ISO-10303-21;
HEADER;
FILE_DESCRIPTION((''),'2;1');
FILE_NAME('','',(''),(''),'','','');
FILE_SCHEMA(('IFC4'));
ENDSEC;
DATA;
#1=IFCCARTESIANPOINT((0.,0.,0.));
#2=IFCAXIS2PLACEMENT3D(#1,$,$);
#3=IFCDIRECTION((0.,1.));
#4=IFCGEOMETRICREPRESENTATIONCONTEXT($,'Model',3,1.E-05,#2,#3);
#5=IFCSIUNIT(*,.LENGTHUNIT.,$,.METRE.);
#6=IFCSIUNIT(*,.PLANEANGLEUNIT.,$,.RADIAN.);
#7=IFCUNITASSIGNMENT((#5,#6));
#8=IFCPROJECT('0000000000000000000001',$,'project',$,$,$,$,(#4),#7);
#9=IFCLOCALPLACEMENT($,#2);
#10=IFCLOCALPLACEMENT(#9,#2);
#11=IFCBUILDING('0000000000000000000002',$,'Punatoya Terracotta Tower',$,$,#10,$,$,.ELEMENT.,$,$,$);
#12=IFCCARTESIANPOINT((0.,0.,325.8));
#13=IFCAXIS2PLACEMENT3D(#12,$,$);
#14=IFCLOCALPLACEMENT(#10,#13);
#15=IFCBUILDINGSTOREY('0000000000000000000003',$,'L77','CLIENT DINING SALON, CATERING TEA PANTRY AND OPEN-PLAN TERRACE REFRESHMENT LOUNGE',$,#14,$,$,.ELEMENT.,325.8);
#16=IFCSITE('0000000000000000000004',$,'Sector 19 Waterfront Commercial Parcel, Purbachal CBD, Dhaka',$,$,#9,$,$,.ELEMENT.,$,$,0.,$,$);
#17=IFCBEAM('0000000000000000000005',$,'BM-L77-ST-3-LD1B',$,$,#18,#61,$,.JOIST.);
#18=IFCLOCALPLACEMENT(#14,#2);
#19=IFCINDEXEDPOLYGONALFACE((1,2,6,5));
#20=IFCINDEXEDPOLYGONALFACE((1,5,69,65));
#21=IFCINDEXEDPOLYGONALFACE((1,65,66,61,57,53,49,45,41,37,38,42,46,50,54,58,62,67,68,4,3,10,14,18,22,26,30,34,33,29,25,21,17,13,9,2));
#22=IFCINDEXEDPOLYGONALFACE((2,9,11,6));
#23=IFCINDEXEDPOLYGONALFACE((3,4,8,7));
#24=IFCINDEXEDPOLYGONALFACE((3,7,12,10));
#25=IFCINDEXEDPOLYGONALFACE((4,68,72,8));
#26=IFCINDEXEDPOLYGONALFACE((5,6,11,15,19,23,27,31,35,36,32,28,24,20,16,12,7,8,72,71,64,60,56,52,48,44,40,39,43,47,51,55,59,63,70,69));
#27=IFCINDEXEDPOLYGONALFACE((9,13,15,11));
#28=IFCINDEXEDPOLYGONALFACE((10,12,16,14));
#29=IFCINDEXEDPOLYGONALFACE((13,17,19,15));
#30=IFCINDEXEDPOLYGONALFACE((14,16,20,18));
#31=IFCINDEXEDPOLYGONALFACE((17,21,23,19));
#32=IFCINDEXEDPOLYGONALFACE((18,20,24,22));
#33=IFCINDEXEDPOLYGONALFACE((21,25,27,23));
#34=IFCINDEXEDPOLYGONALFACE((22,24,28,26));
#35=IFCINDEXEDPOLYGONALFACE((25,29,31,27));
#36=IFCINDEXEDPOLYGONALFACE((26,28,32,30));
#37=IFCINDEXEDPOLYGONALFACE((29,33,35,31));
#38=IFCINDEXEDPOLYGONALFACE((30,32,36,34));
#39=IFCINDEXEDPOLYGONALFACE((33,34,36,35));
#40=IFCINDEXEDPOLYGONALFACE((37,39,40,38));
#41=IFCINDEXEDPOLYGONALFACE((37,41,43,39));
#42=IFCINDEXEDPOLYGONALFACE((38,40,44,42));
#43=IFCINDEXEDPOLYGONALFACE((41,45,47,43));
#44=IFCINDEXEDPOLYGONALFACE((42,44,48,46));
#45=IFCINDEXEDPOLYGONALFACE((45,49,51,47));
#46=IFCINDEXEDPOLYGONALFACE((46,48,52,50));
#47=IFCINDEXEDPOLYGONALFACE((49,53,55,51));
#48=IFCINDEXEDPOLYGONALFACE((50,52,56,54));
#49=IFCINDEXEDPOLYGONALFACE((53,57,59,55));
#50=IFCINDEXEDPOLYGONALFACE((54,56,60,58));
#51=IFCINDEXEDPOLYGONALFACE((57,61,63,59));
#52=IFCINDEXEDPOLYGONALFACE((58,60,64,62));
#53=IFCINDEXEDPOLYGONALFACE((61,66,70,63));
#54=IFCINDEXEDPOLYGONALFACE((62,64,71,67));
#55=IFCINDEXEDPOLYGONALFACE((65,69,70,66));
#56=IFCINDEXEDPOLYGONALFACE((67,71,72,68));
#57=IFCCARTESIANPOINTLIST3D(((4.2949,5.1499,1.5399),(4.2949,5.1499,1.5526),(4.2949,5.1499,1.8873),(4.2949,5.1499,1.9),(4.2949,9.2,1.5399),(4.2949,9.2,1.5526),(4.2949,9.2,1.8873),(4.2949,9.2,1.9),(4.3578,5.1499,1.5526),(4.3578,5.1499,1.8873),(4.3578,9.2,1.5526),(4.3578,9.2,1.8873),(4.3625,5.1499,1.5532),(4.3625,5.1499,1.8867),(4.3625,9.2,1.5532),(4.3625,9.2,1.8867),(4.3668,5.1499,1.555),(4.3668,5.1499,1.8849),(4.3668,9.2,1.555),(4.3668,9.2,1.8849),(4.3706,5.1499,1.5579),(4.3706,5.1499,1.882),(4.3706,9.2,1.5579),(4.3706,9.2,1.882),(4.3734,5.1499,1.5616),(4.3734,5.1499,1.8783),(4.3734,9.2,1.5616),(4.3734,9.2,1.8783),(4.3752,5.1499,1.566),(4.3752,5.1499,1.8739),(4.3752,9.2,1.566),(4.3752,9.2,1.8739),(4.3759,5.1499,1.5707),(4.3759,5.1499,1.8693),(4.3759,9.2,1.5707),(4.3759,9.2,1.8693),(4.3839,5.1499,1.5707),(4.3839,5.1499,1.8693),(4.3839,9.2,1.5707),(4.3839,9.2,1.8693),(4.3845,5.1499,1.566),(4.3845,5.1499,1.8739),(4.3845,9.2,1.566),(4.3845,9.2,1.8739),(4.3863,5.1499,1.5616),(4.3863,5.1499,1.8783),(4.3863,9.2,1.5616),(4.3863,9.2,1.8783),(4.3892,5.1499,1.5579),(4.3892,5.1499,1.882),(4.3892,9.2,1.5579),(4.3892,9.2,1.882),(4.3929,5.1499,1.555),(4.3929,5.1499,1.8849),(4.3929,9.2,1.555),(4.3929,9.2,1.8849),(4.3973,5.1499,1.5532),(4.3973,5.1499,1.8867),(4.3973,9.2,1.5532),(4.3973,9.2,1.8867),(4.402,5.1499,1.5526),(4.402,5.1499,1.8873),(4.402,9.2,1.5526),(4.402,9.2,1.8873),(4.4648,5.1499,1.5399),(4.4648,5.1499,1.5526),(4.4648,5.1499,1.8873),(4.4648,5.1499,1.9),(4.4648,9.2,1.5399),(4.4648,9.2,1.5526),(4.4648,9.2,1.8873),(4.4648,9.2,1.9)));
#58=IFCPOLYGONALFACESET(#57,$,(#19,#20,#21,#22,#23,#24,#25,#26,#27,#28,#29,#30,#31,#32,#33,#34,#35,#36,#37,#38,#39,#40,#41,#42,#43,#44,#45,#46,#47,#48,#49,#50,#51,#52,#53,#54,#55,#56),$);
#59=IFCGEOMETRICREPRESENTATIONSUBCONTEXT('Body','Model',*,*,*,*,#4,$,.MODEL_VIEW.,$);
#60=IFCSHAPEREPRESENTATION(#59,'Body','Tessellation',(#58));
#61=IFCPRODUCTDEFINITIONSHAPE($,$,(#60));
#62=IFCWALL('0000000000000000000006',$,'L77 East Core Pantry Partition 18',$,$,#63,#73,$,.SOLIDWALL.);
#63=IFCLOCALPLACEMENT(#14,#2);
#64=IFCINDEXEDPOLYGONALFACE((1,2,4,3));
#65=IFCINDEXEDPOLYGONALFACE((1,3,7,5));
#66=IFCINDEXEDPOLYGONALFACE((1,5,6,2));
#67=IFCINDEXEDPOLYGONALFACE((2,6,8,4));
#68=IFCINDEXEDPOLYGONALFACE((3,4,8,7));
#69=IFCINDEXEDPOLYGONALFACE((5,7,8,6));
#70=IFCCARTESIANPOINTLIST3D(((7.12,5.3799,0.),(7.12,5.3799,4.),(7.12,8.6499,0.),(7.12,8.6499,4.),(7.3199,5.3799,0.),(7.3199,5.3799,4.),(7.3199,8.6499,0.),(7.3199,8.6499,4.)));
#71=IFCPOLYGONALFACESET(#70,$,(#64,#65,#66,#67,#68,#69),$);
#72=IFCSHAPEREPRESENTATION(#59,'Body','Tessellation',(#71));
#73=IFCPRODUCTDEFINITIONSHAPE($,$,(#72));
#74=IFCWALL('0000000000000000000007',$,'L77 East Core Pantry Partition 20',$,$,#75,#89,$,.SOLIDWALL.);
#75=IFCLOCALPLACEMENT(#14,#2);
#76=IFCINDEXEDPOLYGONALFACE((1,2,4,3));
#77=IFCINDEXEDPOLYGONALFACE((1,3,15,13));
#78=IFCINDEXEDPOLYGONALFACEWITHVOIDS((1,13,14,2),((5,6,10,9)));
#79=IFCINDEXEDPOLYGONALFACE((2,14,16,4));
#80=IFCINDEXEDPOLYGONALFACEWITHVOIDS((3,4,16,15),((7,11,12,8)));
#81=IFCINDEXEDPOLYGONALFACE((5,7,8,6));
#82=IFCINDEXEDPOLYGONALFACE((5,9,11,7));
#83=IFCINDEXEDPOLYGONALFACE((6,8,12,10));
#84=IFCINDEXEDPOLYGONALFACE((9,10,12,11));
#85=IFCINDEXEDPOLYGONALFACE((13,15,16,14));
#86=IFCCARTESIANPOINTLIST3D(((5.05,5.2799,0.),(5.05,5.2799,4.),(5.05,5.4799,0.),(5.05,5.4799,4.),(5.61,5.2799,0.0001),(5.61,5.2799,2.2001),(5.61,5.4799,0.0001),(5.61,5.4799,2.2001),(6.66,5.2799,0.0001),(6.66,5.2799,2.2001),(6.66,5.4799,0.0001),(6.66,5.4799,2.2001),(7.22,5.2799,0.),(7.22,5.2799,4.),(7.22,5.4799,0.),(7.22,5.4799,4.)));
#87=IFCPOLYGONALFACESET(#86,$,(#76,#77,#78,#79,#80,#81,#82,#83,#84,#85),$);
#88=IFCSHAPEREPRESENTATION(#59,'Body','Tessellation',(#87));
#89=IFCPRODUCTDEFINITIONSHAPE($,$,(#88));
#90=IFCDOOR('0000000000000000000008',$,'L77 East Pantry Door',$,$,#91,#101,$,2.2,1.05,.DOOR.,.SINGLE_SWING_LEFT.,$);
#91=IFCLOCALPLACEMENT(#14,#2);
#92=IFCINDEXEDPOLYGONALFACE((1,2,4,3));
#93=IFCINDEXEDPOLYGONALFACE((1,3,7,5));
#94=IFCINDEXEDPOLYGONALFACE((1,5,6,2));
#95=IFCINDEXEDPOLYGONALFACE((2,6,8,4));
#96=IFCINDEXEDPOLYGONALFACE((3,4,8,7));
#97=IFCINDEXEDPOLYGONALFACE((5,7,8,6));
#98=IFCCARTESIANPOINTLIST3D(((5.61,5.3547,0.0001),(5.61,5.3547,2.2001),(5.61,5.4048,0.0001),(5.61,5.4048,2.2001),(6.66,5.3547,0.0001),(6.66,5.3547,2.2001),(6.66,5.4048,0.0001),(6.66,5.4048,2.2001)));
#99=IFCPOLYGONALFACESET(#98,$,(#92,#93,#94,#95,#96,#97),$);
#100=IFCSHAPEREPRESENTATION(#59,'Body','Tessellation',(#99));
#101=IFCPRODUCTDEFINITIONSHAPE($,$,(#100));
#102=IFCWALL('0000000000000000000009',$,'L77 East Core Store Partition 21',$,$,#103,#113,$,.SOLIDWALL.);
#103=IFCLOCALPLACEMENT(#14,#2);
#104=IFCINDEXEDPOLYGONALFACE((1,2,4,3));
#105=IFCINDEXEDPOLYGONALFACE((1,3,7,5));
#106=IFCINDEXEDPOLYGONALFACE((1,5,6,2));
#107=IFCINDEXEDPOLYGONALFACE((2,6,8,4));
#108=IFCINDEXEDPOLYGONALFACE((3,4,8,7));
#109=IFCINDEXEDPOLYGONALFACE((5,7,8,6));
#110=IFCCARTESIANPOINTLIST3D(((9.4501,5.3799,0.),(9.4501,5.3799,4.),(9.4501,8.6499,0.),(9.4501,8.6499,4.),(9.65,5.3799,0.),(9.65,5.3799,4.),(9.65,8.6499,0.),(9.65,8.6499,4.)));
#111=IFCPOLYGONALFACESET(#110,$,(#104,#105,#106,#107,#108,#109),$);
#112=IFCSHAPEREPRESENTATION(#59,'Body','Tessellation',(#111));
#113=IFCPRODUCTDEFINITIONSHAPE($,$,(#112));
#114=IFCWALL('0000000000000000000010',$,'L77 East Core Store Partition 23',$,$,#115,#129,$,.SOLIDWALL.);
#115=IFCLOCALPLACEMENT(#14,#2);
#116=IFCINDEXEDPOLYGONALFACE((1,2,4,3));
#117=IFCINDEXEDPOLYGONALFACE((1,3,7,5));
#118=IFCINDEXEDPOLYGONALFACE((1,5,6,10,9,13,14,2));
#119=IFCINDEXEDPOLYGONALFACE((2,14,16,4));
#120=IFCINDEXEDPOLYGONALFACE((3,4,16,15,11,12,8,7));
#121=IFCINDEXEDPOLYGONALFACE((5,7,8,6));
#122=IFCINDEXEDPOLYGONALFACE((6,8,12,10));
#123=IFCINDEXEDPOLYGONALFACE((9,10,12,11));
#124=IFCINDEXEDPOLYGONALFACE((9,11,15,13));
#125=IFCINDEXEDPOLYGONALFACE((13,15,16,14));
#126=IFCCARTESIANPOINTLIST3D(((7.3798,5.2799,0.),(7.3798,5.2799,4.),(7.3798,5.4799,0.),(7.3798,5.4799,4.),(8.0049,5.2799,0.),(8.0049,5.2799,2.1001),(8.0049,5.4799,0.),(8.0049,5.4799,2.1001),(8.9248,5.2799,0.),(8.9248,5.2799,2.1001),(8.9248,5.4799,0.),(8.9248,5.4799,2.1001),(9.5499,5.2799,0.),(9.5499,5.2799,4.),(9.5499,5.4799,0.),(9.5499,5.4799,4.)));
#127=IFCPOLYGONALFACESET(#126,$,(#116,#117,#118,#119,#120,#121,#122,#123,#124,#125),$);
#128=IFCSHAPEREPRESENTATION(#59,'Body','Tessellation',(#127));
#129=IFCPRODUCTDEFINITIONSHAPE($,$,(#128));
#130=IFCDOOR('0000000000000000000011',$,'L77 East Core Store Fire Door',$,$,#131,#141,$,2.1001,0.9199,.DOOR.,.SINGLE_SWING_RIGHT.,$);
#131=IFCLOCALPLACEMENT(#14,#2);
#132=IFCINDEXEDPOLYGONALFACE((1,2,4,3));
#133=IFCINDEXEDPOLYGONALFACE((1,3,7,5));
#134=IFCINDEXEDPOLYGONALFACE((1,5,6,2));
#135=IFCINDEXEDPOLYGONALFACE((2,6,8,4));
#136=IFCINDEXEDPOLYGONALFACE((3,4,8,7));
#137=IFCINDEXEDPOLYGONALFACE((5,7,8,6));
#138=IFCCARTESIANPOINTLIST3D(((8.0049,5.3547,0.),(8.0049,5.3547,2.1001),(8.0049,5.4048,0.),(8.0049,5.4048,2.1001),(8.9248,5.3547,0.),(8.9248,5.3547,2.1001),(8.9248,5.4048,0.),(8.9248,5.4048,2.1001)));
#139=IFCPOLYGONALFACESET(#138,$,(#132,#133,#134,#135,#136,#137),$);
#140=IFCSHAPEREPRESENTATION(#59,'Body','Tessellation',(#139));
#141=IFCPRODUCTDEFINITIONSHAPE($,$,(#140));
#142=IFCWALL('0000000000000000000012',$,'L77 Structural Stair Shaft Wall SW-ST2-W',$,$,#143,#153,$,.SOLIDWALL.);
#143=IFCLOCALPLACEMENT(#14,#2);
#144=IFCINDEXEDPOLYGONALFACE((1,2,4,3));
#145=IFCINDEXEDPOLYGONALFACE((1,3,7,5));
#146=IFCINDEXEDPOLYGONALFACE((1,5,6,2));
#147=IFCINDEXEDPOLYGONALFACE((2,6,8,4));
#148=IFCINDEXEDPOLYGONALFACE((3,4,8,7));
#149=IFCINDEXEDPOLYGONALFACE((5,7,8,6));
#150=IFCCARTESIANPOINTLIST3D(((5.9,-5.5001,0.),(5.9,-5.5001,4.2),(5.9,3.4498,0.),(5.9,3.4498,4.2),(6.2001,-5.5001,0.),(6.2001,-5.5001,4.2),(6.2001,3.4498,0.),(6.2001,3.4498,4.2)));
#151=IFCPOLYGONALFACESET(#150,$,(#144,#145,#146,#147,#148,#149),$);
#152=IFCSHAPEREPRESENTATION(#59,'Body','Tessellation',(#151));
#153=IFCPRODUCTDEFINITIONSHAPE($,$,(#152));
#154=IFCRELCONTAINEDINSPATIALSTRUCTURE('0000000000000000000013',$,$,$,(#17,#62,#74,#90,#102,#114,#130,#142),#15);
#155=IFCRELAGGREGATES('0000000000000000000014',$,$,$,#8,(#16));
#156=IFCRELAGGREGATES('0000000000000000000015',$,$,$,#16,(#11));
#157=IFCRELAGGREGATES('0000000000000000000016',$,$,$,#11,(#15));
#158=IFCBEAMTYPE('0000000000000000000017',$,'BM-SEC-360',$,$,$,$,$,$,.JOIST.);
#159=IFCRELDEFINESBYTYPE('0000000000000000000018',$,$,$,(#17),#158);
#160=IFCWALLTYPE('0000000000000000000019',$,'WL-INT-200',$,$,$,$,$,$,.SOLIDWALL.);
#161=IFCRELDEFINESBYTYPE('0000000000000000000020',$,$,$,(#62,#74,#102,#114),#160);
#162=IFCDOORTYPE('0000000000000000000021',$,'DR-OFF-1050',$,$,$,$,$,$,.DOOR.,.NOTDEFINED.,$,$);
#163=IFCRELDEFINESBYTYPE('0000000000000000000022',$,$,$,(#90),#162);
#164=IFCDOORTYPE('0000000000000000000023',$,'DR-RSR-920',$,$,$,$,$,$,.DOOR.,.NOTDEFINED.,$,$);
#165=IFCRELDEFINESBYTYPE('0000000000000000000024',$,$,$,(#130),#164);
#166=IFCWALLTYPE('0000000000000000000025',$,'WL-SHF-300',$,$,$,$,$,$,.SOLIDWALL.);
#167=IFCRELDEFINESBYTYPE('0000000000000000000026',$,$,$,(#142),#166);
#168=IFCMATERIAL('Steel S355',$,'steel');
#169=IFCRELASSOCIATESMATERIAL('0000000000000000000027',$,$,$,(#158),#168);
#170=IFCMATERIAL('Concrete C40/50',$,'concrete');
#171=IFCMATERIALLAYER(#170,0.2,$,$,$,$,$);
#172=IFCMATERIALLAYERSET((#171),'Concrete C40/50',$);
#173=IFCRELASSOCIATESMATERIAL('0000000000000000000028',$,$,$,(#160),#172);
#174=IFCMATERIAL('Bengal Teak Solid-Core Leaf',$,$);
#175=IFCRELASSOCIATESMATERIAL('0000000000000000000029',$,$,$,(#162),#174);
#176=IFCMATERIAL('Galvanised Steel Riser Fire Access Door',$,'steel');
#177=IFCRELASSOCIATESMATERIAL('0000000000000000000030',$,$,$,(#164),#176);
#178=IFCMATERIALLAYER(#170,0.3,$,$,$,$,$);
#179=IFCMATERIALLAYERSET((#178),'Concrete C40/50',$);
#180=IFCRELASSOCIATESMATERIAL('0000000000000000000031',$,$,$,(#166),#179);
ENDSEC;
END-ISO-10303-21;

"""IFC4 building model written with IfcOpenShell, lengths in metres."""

from ifc_helpers import new_model, si_unit, direction, frame, frame_2d, origin, origin_2d, place, context, subcontext, project, spatial, rectangle, i_section, extrude, material, layer, layer_set, material_profile, profile_set, type_object, element, fill, save


model = new_model("IFC4")

# Units and contexts
model_context = context("Model", 3, precision=1e-05, world=origin(), true_north=direction((0.0, 1.0)))
body_context = subcontext(model_context, "Body", "Model", "MODEL_VIEW")
ifc_project = project(units=[si_unit("LENGTHUNIT", "METRE"), si_unit("PLANEANGLEUNIT", "RADIAN")], contexts=[model_context])

# Site, building, storey
site_placement = place(None, origin())
site = spatial("IfcSite", under=ifc_project, at=site_placement, Name="Sector 19 Waterfront Commercial Parcel, Purbachal CBD, Dhaka", CompositionType="ELEMENT", RefElevation=0.0)
building_placement = place(site_placement, origin())
building = spatial("IfcBuilding", under=site, at=building_placement, Name="Punatoya Terracotta Tower", CompositionType="ELEMENT")
storey_placement = place(building_placement, frame((0.0, 0.0, 325.8)))
storey = spatial("IfcBuildingStorey", under=building, at=storey_placement, Name="L77", Description="CLIENT DINING SALON, CATERING TEA PANTRY AND OPEN-PLAN TERRACE REFRESHMENT LOUNGE", CompositionType="ELEMENT", Elevation=325.8)

# Beam
ifc_material_1 = material(Name="Steel S355", Category="steel")
ifc_material_profile_1 = material_profile(ifc_material_1, i_section(OverallWidth=0.1699, OverallDepth=0.3601, WebThickness=0.0081, FlangeThickness=0.0127, FilletRadius=0.0181, at=origin_2d()))
ifc_profile_set_1 = profile_set([ifc_material_profile_1], Name="Steel S355")
beam_type_1 = type_object("IfcBeamType", Name="BM-SEC-360", PredefinedType="JOIST", material=ifc_profile_set_1)
for number, where, z_axis, x_axis, name in (
    (1, (4.3799, 5.1499, 1.72), (0.0, 1.0, 0.0), (-1.0, 0.0, 0.0), "BM-L77-ST-3-LD1B"),
):
    element("IfcBeam", number, at=place(storey_placement, frame(where, z_axis=z_axis, x_axis=x_axis)), inside=storey, type_object=beam_type_1, Name=name, PredefinedType="JOIST", context=body_context, shape_type="SweptSolid", body=[
        extrude(i_section(OverallWidth=0.1699, OverallDepth=0.3601, WebThickness=0.0081, FlangeThickness=0.0127, FilletRadius=0.0181, at=origin_2d()), origin(), (0.0, 0.0, 1.0), 4.05),
    ])

# Wall
ifc_material_2 = material(Name="Concrete C40/50", Category="concrete")
ifc_layer_1 = layer(ifc_material_2, 0.2)
ifc_layer_set_1 = layer_set([ifc_layer_1], Name="Concrete C40/50")
wall_type_1 = type_object("IfcWallType", Name="WL-INT-200", PredefinedType="SOLIDWALL", material=ifc_layer_set_1)
wall_1_placement = place(storey_placement, frame((7.22, 5.3799, 0.0), z_axis=(0.0, 0.0, 1.0), x_axis=(0.0, 1.0, 0.0)))
element("IfcWall", 2, at=wall_1_placement, inside=storey, type_object=wall_type_1, Name="L77 East Core Pantry Partition 18", PredefinedType="SOLIDWALL", context=body_context, shape_type="SweptSolid", body=[
    extrude(rectangle(XDim=3.27, YDim=0.2, at=frame_2d((1.635, 0.0))), origin(), (0.0, 0.0, 1.0), 4.0),
])

# Wall, opening, door
wall_2_placement = place(storey_placement, frame((5.05, 5.3799, 0.0), z_axis=(0.0, 0.0, 1.0), x_axis=(1.0, 0.0, 0.0)))
wall_2 = element("IfcWall", 3, at=wall_2_placement, inside=storey, type_object=wall_type_1, Name="L77 East Core Pantry Partition 20", PredefinedType="SOLIDWALL", context=body_context, shape_type="SweptSolid", body=[
    extrude(rectangle(XDim=2.1699, YDim=0.2, at=frame_2d((1.085, 0.0))), origin(), (0.0, 0.0, 1.0), 4.0),
])
opening_1_placement = place(wall_2_placement, frame((0.5601, 0.0, 0.0)))
opening_1 = element("IfcOpeningElement", 4, at=opening_1_placement, cuts=wall_2, PredefinedType="OPENING", context=body_context, shape_type="SweptSolid", body=[
    extrude(rectangle(XDim=1.05, YDim=2.2, at=frame_2d((0.5249, 1.1001))), frame((0.0, 0.1099, 0.0), z_axis=(0.0, -1.0, 0.0), x_axis=(1.0, 0.0, 0.0)), (0.0, 0.0, 1.0), 0.22),
])
ifc_material_3 = material(Name="Bengal Teak Solid-Core Leaf")
door_type_1 = type_object("IfcDoorType", Name="DR-OFF-1050", OperationType="NOTDEFINED", PredefinedType="DOOR", material=ifc_material_3)
door_1_placement = place(opening_1_placement, origin())
door_1 = element("IfcDoor", 5, at=door_1_placement, inside=storey, type_object=door_type_1, Name="L77 East Pantry Door", OperationType="SINGLE_SWING_LEFT", OverallHeight=2.2, OverallWidth=1.05, PredefinedType="DOOR", context=body_context, shape_type="SweptSolid", body=[
    extrude(rectangle(XDim=1.05, YDim=2.2, at=frame_2d((0.5249, 1.1001))), frame((0.0, 0.0249, 0.0), z_axis=(0.0, -1.0, 0.0), x_axis=(1.0, 0.0, 0.0)), (0.0, 0.0, 1.0), 0.05),
])
fill(opening_1, door_1)

# Wall
wall_3_placement = place(storey_placement, frame((9.55, 5.3799, 0.0), z_axis=(0.0, 0.0, 1.0), x_axis=(0.0, 1.0, 0.0)))
element("IfcWall", 6, at=wall_3_placement, inside=storey, type_object=wall_type_1, Name="L77 East Core Store Partition 21", PredefinedType="SOLIDWALL", context=body_context, shape_type="SweptSolid", body=[
    extrude(rectangle(XDim=3.27, YDim=0.2, at=frame_2d((1.635, 0.0))), origin(), (0.0, 0.0, 1.0), 4.0),
])

# Wall, opening, door
wall_4_placement = place(storey_placement, frame((7.3799, 5.3799, 0.0), z_axis=(0.0, 0.0, 1.0), x_axis=(1.0, 0.0, 0.0)))
wall_4 = element("IfcWall", 7, at=wall_4_placement, inside=storey, type_object=wall_type_1, Name="L77 East Core Store Partition 23", PredefinedType="SOLIDWALL", context=body_context, shape_type="SweptSolid", body=[
    extrude(rectangle(XDim=2.1702, YDim=0.2, at=frame_2d((1.085, 0.0))), origin(), (0.0, 0.0, 1.0), 4.0),
])
opening_2_placement = place(wall_4_placement, frame((0.625, 0.0, 0.0)))
opening_2 = element("IfcOpeningElement", 8, at=opening_2_placement, cuts=wall_4, PredefinedType="OPENING", context=body_context, shape_type="SweptSolid", body=[
    extrude(rectangle(XDim=0.9199, YDim=2.1001, at=frame_2d((0.46, 1.05))), frame((0.0, 0.1099, 0.0), z_axis=(0.0, -1.0, 0.0), x_axis=(1.0, 0.0, 0.0)), (0.0, 0.0, 1.0), 0.22),
])
ifc_material_4 = material(Name="Galvanised Steel Riser Fire Access Door", Category="steel")
door_type_2 = type_object("IfcDoorType", Name="DR-RSR-920", OperationType="NOTDEFINED", PredefinedType="DOOR", material=ifc_material_4)
door_2_placement = place(opening_2_placement, origin())
door_2 = element("IfcDoor", 9, at=door_2_placement, inside=storey, type_object=door_type_2, Name="L77 East Core Store Fire Door", OperationType="SINGLE_SWING_RIGHT", OverallHeight=2.1001, OverallWidth=0.9199, PredefinedType="DOOR", context=body_context, shape_type="SweptSolid", body=[
    extrude(rectangle(XDim=0.9199, YDim=2.1001, at=frame_2d((0.46, 1.05))), frame((0.0, 0.0249, 0.0), z_axis=(0.0, -1.0, 0.0), x_axis=(1.0, 0.0, 0.0)), (0.0, 0.0, 1.0), 0.05),
])
fill(opening_2, door_2)

# Wall
ifc_layer_2 = layer(ifc_material_2, 0.3)
ifc_layer_set_2 = layer_set([ifc_layer_2], Name="Concrete C40/50")
wall_type_2 = type_object("IfcWallType", Name="WL-SHF-300", PredefinedType="SOLIDWALL", material=ifc_layer_set_2)
wall_5_placement = place(storey_placement, frame((6.05, 3.45, 0.0), z_axis=(0.0, 0.0, 1.0), x_axis=(0.0, -1.0, 0.0)))
element("IfcWall", 10, at=wall_5_placement, inside=storey, type_object=wall_type_2, Name="L77 Structural Stair Shaft Wall SW-ST2-W", PredefinedType="SOLIDWALL", context=body_context, shape_type="SweptSolid", body=[
    extrude(rectangle(XDim=8.95, YDim=0.3, at=frame_2d((4.4751, 0.0))), origin(), (0.0, 0.0, 1.0), 4.2),
])

save(model, "model.ifc")
